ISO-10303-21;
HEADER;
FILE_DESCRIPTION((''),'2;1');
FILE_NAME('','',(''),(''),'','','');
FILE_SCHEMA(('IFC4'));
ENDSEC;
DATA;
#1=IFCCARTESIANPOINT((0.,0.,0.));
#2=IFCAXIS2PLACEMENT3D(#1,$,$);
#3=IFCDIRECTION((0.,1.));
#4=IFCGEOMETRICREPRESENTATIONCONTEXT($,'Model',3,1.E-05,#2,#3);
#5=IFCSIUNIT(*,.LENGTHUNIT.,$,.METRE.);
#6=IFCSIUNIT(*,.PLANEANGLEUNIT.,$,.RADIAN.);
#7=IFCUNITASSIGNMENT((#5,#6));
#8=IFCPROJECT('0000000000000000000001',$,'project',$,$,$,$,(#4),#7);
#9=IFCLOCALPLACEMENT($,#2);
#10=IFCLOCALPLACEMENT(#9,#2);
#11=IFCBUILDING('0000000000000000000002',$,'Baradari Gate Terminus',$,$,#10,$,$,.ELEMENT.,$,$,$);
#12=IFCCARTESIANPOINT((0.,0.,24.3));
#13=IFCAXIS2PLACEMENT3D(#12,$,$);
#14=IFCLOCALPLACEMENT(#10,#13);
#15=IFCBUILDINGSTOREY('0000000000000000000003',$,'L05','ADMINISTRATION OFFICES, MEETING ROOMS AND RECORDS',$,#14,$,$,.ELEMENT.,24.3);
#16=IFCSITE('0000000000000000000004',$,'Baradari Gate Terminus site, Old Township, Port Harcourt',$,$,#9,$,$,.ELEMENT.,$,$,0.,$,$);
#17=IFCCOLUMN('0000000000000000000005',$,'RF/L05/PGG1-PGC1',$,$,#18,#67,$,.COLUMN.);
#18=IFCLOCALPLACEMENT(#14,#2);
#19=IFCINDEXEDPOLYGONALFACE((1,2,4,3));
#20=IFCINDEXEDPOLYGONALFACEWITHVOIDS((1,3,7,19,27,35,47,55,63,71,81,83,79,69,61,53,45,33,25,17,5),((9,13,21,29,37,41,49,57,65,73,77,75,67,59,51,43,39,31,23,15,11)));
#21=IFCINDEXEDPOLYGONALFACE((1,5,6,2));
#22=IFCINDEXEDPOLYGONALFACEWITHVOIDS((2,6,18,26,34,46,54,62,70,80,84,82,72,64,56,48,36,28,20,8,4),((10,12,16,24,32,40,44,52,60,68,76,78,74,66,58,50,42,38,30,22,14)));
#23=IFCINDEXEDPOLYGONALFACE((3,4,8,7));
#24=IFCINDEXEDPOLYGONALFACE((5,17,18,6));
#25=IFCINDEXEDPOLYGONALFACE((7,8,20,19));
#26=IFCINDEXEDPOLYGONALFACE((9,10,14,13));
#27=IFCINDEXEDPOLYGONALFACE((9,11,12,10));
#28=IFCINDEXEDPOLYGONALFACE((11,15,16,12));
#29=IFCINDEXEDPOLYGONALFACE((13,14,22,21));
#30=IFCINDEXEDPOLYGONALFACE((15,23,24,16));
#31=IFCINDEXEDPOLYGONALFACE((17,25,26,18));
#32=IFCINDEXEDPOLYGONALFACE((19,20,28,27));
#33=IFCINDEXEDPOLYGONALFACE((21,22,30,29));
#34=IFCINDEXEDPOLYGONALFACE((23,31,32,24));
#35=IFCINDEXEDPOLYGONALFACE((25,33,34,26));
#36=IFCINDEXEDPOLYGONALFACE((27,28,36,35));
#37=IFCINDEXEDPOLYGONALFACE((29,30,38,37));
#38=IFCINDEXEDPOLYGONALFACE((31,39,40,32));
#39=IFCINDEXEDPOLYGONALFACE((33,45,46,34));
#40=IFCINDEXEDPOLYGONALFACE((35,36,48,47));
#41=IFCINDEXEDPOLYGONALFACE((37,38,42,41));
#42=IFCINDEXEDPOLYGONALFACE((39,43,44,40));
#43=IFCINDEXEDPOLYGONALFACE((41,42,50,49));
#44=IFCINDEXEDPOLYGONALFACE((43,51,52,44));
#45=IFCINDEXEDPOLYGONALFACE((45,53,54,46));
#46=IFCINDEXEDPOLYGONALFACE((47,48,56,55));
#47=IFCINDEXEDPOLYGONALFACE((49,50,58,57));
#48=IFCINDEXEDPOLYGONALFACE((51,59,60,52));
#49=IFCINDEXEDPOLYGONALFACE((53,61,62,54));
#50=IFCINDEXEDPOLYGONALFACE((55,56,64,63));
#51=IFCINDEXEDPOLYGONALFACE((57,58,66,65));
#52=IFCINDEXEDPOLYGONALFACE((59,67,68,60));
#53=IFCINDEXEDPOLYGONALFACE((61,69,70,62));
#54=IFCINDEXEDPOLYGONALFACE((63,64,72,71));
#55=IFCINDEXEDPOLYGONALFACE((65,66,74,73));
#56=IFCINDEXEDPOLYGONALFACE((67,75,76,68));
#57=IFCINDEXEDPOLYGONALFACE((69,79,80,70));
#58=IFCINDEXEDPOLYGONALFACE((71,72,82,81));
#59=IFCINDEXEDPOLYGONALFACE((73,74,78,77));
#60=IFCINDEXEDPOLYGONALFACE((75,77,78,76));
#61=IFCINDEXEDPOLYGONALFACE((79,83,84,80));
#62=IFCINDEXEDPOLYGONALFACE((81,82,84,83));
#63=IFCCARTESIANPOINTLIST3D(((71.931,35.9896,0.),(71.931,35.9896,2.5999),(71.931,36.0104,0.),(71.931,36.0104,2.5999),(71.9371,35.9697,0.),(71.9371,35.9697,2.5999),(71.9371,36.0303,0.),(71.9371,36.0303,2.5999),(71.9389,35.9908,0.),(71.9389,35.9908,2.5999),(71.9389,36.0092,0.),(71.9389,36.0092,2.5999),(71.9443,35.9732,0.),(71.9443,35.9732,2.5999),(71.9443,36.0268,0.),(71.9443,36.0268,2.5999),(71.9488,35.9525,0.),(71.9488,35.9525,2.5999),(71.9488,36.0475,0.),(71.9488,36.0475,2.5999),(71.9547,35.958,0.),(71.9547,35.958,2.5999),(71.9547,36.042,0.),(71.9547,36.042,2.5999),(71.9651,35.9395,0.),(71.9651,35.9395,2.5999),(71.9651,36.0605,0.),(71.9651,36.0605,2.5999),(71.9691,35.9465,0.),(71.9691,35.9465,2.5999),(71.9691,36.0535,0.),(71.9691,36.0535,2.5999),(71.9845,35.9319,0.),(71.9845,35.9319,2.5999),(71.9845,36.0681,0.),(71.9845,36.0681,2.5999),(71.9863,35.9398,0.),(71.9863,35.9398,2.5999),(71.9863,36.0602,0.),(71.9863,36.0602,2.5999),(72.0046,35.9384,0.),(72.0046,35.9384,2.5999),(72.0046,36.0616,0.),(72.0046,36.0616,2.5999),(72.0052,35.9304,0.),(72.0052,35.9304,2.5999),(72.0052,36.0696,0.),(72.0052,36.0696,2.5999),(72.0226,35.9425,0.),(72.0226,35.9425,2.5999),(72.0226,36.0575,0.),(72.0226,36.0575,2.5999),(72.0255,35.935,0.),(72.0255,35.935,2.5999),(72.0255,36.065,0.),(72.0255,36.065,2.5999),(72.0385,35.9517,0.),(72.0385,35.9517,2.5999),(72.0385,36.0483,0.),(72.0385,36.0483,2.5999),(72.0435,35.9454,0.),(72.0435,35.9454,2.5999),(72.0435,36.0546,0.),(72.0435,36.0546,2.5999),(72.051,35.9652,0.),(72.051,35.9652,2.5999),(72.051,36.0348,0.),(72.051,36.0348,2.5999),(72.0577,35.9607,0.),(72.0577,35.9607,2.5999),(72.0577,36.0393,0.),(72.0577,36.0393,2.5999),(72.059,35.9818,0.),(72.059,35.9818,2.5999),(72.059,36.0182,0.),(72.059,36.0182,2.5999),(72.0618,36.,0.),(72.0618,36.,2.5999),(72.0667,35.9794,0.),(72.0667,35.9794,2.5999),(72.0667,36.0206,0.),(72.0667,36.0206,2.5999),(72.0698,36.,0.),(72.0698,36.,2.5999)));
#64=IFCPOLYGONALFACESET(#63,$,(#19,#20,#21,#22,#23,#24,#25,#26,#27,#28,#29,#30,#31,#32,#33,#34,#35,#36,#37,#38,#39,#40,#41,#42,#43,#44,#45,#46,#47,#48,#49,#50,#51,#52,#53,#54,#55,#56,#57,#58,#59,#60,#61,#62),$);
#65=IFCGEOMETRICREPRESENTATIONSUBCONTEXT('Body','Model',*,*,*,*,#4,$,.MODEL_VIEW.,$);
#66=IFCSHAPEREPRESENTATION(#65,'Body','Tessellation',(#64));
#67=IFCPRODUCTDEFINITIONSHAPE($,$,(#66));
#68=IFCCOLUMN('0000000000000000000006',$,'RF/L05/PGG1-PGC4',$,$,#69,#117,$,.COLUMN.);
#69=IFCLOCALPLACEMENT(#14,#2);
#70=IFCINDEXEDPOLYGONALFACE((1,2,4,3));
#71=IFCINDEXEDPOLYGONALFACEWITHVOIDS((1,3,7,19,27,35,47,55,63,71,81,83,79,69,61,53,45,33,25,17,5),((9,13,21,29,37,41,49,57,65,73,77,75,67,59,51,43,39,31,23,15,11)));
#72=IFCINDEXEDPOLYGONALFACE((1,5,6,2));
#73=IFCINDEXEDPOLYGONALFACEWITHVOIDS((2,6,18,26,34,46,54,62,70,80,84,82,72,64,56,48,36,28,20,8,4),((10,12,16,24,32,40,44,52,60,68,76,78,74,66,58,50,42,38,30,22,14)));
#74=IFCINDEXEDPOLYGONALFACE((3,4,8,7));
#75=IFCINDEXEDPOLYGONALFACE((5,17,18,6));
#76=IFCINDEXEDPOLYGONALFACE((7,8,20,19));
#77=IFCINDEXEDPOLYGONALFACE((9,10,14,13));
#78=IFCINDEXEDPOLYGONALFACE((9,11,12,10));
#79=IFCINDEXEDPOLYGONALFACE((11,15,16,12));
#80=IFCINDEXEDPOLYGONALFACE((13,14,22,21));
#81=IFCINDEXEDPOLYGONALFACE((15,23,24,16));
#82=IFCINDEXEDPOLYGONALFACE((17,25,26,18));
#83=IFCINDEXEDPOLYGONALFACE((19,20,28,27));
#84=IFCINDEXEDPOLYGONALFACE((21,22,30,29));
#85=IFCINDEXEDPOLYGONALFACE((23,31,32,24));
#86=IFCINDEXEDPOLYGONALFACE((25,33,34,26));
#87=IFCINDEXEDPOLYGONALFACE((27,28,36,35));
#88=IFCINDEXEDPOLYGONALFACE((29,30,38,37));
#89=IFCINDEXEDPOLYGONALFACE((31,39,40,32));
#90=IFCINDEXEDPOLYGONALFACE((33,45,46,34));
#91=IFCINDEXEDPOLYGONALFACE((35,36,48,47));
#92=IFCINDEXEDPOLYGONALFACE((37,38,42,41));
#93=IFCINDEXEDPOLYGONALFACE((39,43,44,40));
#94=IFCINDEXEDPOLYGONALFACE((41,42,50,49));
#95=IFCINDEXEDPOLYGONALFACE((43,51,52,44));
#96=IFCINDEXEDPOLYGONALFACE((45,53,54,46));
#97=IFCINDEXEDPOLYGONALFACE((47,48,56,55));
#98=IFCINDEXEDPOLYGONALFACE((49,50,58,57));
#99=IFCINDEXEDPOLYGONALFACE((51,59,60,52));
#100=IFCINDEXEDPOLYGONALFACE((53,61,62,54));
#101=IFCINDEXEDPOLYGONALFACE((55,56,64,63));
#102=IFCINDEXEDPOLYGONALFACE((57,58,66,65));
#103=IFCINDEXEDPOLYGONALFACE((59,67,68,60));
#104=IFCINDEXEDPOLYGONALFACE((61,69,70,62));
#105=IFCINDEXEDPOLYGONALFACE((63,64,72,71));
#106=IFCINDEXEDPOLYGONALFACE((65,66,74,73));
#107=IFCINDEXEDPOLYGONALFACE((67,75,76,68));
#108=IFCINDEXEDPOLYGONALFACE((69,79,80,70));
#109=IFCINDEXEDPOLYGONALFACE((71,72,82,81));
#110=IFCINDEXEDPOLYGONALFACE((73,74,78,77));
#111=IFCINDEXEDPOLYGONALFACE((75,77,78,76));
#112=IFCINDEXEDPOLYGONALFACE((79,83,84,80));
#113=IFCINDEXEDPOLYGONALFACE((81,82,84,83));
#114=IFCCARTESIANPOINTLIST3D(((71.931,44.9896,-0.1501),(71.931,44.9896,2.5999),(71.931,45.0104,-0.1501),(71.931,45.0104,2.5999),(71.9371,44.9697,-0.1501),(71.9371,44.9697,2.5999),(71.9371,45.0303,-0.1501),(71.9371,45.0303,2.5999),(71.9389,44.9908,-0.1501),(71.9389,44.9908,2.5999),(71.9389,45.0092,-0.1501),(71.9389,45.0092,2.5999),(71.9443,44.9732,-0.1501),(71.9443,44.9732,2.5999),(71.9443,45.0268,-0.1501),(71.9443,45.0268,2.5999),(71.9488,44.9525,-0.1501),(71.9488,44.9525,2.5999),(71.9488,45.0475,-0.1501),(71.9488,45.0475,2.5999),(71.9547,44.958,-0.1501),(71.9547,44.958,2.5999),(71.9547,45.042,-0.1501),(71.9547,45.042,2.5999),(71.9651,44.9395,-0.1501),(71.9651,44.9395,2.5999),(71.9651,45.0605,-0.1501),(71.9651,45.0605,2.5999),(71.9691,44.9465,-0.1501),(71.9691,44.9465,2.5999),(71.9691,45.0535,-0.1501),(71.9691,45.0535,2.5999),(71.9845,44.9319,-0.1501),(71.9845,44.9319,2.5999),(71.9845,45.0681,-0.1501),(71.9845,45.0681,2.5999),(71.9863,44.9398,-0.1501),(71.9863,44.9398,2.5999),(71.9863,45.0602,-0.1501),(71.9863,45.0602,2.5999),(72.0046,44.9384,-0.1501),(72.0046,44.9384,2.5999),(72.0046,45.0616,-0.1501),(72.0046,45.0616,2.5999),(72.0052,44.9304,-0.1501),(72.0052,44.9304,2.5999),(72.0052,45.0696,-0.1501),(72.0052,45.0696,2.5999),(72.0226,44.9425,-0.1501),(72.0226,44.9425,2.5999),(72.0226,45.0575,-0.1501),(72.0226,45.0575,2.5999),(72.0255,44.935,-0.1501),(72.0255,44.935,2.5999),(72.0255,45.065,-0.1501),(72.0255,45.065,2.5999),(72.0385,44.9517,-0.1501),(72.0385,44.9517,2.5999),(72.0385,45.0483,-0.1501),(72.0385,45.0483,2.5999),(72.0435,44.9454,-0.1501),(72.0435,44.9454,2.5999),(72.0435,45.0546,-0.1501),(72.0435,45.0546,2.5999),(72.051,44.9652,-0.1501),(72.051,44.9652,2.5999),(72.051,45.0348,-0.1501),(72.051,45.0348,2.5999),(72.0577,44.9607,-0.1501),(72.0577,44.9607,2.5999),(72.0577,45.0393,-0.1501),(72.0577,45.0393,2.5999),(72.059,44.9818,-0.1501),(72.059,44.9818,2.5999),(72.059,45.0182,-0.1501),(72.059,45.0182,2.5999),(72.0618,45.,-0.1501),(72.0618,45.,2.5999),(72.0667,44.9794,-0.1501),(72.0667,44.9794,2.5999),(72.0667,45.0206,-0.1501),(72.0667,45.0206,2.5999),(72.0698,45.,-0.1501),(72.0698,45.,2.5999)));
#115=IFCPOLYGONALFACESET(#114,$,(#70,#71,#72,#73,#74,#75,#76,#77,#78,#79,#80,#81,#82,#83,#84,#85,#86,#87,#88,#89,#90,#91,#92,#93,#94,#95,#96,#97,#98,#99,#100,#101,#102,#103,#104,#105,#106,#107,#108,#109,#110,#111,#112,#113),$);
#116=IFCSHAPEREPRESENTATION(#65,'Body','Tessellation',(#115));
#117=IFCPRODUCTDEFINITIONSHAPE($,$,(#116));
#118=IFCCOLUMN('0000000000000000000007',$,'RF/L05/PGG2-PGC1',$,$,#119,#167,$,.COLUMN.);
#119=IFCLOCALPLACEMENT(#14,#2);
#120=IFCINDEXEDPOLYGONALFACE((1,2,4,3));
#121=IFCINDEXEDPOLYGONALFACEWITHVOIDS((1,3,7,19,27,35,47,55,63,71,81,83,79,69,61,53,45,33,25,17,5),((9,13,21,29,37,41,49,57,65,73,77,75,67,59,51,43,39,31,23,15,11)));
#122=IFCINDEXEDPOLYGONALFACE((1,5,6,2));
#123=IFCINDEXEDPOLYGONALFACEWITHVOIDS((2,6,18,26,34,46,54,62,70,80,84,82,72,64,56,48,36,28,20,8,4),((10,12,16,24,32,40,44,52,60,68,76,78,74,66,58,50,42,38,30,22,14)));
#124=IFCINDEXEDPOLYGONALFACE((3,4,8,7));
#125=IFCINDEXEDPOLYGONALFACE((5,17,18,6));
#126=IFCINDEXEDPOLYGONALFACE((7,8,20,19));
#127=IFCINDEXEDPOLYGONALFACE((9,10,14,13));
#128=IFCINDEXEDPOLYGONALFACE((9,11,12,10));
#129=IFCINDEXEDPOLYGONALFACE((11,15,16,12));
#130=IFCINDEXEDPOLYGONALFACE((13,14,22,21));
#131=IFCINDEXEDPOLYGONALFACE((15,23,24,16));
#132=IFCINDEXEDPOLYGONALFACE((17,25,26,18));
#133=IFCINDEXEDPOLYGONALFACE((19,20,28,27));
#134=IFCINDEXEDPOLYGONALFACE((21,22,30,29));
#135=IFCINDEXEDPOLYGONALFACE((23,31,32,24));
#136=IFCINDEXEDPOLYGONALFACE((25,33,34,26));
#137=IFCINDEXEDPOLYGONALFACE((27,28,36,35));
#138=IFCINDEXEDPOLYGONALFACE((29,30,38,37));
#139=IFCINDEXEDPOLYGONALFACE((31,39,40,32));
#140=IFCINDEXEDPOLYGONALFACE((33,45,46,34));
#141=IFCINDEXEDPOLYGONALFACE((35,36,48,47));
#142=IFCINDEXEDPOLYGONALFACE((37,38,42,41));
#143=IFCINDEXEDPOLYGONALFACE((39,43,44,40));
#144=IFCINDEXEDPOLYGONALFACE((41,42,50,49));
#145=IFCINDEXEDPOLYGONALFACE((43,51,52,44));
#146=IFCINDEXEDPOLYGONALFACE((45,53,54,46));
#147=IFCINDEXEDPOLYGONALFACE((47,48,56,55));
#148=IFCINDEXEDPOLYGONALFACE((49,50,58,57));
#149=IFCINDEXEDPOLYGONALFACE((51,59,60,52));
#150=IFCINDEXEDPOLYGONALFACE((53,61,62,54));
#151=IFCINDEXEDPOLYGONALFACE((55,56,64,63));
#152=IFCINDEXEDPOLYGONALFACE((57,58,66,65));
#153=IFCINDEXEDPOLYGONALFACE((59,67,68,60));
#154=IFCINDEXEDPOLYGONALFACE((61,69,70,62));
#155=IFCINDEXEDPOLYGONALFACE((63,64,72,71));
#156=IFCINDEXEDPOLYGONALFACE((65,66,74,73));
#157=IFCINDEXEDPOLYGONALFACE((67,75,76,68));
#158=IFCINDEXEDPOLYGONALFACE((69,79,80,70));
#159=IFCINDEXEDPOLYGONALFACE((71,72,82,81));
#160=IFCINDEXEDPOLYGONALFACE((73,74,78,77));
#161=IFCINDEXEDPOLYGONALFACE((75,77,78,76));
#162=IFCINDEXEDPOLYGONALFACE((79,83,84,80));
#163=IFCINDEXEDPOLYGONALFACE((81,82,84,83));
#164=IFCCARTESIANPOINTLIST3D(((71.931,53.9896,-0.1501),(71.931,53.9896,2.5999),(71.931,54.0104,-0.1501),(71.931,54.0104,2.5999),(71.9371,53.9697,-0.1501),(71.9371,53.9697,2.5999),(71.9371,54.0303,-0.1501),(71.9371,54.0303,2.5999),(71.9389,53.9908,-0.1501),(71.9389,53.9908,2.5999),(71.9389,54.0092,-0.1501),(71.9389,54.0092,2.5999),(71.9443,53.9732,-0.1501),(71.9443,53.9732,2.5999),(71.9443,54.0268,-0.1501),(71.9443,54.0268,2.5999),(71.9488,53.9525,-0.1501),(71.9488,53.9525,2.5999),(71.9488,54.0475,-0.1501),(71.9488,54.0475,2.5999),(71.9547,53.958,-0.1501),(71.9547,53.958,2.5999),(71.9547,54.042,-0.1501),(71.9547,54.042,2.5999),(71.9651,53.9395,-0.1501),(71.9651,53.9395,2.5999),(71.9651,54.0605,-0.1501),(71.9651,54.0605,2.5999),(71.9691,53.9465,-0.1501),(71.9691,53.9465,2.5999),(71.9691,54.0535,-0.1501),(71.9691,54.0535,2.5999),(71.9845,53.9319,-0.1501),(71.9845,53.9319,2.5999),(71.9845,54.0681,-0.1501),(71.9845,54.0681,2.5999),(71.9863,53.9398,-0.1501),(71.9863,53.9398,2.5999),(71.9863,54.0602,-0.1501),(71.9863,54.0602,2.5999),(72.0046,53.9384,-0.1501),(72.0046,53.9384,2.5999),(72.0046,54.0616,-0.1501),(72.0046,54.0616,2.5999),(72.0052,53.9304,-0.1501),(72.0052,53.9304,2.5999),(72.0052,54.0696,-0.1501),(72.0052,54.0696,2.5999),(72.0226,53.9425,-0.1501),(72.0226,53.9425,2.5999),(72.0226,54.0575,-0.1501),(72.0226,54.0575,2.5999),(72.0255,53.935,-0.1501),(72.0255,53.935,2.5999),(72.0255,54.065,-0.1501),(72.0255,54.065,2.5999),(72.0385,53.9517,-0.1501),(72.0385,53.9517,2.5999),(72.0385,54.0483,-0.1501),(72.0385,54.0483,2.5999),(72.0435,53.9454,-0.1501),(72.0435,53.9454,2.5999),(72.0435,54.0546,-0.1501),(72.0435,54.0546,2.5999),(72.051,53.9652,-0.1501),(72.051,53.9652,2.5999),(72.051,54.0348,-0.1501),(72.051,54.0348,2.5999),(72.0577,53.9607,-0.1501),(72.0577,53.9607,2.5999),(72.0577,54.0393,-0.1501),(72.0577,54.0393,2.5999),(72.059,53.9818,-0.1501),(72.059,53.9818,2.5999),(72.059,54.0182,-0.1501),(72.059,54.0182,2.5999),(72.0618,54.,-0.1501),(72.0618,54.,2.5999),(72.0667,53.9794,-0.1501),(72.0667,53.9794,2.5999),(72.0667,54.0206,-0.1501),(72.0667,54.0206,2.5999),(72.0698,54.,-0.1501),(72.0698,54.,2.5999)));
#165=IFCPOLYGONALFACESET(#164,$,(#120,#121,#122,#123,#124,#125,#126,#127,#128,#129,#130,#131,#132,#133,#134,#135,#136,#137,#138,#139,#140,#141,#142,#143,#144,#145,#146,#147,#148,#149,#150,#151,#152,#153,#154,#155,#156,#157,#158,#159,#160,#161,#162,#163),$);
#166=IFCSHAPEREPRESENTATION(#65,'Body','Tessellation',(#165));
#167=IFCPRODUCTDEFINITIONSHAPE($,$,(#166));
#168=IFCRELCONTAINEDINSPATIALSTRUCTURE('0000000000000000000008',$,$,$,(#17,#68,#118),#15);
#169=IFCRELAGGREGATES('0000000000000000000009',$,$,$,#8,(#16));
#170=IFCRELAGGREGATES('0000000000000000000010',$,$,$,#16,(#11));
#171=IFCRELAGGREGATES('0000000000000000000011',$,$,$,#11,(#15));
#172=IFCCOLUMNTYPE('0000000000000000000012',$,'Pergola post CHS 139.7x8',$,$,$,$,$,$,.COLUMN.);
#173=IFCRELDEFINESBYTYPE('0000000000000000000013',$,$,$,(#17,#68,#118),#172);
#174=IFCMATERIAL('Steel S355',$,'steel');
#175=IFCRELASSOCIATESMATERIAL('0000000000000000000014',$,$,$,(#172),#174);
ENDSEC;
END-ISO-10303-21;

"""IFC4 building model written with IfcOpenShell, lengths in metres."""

from ifc_helpers import new_model, si_unit, direction, frame, origin, origin_2d, place, context, subcontext, project, spatial, hollow_circle, extrude, material, material_profile, profile_set, type_object, element, save


model = new_model("IFC4")

# Units and contexts
model_context = context("Model", 3, precision=1e-05, world=origin(), true_north=direction((0.0, 1.0)))
body_context = subcontext(model_context, "Body", "Model", "MODEL_VIEW")
ifc_project = project(units=[si_unit("LENGTHUNIT", "METRE"), si_unit("PLANEANGLEUNIT", "RADIAN")], contexts=[model_context])

# Site, building, storey
site_placement = place(None, origin())
site = spatial("IfcSite", under=ifc_project, at=site_placement, Name="Baradari Gate Terminus site, Old Township, Port Harcourt", CompositionType="ELEMENT", RefElevation=0.0)
building_placement = place(site_placement, origin())
building = spatial("IfcBuilding", under=site, at=building_placement, Name="Baradari Gate Terminus", CompositionType="ELEMENT")
storey_placement = place(building_placement, frame((0.0, 0.0, 24.3)))
storey = spatial("IfcBuildingStorey", under=building, at=storey_placement, Name="L05", Description="ADMINISTRATION OFFICES, MEETING ROOMS AND RECORDS", CompositionType="ELEMENT", Elevation=24.3)

# Columns
ifc_material_1 = material(Name="Steel S355", Category="steel")
ifc_material_profile_1 = material_profile(ifc_material_1, hollow_circle(Radius=0.0698, WallThickness=0.0081, at=origin_2d()), Name="CHS 139.7x8")
ifc_profile_set_1 = profile_set([ifc_material_profile_1], Name="Steel S355")
column_type = type_object("IfcColumnType", Name="Pergola post CHS 139.7x8", PredefinedType="COLUMN", material=ifc_profile_set_1)
column_1_placement = place(storey_placement, frame((72.0, 36.0, 0.0), z_axis=(0.0, 0.0, 1.0), x_axis=(1.0, 0.0, 0.0)))
element("IfcColumn", 1, at=column_1_placement, inside=storey, type_object=column_type, Name="RF/L05/PGG1-PGC1", PredefinedType="COLUMN", context=body_context, shape_type="SweptSolid", body=[
    extrude(hollow_circle(Radius=0.0698, WallThickness=0.0081, at=origin_2d()), origin(), (0.0, 0.0, 1.0), 2.5999),
])
for number, where, z_axis, x_axis, name in (
    (2, (72.0, 45.0, -0.1501), (0.0, 0.0, 1.0), (1.0, 0.0, 0.0), "RF/L05/PGG1-PGC4"),
    (3, (72.0, 54.0, -0.1501), (0.0, 0.0, 1.0), (1.0, 0.0, 0.0), "RF/L05/PGG2-PGC1"),
):
    element("IfcColumn", number, at=place(storey_placement, frame(where, z_axis=z_axis, x_axis=x_axis)), inside=storey, type_object=column_type, Name=name, PredefinedType="COLUMN", context=body_context, shape_type="SweptSolid", body=[
        extrude(hollow_circle(Radius=0.0698, WallThickness=0.0081, at=origin_2d()), origin(), (0.0, 0.0, 1.0), 2.75),
    ])

save(model, "model.ifc")
